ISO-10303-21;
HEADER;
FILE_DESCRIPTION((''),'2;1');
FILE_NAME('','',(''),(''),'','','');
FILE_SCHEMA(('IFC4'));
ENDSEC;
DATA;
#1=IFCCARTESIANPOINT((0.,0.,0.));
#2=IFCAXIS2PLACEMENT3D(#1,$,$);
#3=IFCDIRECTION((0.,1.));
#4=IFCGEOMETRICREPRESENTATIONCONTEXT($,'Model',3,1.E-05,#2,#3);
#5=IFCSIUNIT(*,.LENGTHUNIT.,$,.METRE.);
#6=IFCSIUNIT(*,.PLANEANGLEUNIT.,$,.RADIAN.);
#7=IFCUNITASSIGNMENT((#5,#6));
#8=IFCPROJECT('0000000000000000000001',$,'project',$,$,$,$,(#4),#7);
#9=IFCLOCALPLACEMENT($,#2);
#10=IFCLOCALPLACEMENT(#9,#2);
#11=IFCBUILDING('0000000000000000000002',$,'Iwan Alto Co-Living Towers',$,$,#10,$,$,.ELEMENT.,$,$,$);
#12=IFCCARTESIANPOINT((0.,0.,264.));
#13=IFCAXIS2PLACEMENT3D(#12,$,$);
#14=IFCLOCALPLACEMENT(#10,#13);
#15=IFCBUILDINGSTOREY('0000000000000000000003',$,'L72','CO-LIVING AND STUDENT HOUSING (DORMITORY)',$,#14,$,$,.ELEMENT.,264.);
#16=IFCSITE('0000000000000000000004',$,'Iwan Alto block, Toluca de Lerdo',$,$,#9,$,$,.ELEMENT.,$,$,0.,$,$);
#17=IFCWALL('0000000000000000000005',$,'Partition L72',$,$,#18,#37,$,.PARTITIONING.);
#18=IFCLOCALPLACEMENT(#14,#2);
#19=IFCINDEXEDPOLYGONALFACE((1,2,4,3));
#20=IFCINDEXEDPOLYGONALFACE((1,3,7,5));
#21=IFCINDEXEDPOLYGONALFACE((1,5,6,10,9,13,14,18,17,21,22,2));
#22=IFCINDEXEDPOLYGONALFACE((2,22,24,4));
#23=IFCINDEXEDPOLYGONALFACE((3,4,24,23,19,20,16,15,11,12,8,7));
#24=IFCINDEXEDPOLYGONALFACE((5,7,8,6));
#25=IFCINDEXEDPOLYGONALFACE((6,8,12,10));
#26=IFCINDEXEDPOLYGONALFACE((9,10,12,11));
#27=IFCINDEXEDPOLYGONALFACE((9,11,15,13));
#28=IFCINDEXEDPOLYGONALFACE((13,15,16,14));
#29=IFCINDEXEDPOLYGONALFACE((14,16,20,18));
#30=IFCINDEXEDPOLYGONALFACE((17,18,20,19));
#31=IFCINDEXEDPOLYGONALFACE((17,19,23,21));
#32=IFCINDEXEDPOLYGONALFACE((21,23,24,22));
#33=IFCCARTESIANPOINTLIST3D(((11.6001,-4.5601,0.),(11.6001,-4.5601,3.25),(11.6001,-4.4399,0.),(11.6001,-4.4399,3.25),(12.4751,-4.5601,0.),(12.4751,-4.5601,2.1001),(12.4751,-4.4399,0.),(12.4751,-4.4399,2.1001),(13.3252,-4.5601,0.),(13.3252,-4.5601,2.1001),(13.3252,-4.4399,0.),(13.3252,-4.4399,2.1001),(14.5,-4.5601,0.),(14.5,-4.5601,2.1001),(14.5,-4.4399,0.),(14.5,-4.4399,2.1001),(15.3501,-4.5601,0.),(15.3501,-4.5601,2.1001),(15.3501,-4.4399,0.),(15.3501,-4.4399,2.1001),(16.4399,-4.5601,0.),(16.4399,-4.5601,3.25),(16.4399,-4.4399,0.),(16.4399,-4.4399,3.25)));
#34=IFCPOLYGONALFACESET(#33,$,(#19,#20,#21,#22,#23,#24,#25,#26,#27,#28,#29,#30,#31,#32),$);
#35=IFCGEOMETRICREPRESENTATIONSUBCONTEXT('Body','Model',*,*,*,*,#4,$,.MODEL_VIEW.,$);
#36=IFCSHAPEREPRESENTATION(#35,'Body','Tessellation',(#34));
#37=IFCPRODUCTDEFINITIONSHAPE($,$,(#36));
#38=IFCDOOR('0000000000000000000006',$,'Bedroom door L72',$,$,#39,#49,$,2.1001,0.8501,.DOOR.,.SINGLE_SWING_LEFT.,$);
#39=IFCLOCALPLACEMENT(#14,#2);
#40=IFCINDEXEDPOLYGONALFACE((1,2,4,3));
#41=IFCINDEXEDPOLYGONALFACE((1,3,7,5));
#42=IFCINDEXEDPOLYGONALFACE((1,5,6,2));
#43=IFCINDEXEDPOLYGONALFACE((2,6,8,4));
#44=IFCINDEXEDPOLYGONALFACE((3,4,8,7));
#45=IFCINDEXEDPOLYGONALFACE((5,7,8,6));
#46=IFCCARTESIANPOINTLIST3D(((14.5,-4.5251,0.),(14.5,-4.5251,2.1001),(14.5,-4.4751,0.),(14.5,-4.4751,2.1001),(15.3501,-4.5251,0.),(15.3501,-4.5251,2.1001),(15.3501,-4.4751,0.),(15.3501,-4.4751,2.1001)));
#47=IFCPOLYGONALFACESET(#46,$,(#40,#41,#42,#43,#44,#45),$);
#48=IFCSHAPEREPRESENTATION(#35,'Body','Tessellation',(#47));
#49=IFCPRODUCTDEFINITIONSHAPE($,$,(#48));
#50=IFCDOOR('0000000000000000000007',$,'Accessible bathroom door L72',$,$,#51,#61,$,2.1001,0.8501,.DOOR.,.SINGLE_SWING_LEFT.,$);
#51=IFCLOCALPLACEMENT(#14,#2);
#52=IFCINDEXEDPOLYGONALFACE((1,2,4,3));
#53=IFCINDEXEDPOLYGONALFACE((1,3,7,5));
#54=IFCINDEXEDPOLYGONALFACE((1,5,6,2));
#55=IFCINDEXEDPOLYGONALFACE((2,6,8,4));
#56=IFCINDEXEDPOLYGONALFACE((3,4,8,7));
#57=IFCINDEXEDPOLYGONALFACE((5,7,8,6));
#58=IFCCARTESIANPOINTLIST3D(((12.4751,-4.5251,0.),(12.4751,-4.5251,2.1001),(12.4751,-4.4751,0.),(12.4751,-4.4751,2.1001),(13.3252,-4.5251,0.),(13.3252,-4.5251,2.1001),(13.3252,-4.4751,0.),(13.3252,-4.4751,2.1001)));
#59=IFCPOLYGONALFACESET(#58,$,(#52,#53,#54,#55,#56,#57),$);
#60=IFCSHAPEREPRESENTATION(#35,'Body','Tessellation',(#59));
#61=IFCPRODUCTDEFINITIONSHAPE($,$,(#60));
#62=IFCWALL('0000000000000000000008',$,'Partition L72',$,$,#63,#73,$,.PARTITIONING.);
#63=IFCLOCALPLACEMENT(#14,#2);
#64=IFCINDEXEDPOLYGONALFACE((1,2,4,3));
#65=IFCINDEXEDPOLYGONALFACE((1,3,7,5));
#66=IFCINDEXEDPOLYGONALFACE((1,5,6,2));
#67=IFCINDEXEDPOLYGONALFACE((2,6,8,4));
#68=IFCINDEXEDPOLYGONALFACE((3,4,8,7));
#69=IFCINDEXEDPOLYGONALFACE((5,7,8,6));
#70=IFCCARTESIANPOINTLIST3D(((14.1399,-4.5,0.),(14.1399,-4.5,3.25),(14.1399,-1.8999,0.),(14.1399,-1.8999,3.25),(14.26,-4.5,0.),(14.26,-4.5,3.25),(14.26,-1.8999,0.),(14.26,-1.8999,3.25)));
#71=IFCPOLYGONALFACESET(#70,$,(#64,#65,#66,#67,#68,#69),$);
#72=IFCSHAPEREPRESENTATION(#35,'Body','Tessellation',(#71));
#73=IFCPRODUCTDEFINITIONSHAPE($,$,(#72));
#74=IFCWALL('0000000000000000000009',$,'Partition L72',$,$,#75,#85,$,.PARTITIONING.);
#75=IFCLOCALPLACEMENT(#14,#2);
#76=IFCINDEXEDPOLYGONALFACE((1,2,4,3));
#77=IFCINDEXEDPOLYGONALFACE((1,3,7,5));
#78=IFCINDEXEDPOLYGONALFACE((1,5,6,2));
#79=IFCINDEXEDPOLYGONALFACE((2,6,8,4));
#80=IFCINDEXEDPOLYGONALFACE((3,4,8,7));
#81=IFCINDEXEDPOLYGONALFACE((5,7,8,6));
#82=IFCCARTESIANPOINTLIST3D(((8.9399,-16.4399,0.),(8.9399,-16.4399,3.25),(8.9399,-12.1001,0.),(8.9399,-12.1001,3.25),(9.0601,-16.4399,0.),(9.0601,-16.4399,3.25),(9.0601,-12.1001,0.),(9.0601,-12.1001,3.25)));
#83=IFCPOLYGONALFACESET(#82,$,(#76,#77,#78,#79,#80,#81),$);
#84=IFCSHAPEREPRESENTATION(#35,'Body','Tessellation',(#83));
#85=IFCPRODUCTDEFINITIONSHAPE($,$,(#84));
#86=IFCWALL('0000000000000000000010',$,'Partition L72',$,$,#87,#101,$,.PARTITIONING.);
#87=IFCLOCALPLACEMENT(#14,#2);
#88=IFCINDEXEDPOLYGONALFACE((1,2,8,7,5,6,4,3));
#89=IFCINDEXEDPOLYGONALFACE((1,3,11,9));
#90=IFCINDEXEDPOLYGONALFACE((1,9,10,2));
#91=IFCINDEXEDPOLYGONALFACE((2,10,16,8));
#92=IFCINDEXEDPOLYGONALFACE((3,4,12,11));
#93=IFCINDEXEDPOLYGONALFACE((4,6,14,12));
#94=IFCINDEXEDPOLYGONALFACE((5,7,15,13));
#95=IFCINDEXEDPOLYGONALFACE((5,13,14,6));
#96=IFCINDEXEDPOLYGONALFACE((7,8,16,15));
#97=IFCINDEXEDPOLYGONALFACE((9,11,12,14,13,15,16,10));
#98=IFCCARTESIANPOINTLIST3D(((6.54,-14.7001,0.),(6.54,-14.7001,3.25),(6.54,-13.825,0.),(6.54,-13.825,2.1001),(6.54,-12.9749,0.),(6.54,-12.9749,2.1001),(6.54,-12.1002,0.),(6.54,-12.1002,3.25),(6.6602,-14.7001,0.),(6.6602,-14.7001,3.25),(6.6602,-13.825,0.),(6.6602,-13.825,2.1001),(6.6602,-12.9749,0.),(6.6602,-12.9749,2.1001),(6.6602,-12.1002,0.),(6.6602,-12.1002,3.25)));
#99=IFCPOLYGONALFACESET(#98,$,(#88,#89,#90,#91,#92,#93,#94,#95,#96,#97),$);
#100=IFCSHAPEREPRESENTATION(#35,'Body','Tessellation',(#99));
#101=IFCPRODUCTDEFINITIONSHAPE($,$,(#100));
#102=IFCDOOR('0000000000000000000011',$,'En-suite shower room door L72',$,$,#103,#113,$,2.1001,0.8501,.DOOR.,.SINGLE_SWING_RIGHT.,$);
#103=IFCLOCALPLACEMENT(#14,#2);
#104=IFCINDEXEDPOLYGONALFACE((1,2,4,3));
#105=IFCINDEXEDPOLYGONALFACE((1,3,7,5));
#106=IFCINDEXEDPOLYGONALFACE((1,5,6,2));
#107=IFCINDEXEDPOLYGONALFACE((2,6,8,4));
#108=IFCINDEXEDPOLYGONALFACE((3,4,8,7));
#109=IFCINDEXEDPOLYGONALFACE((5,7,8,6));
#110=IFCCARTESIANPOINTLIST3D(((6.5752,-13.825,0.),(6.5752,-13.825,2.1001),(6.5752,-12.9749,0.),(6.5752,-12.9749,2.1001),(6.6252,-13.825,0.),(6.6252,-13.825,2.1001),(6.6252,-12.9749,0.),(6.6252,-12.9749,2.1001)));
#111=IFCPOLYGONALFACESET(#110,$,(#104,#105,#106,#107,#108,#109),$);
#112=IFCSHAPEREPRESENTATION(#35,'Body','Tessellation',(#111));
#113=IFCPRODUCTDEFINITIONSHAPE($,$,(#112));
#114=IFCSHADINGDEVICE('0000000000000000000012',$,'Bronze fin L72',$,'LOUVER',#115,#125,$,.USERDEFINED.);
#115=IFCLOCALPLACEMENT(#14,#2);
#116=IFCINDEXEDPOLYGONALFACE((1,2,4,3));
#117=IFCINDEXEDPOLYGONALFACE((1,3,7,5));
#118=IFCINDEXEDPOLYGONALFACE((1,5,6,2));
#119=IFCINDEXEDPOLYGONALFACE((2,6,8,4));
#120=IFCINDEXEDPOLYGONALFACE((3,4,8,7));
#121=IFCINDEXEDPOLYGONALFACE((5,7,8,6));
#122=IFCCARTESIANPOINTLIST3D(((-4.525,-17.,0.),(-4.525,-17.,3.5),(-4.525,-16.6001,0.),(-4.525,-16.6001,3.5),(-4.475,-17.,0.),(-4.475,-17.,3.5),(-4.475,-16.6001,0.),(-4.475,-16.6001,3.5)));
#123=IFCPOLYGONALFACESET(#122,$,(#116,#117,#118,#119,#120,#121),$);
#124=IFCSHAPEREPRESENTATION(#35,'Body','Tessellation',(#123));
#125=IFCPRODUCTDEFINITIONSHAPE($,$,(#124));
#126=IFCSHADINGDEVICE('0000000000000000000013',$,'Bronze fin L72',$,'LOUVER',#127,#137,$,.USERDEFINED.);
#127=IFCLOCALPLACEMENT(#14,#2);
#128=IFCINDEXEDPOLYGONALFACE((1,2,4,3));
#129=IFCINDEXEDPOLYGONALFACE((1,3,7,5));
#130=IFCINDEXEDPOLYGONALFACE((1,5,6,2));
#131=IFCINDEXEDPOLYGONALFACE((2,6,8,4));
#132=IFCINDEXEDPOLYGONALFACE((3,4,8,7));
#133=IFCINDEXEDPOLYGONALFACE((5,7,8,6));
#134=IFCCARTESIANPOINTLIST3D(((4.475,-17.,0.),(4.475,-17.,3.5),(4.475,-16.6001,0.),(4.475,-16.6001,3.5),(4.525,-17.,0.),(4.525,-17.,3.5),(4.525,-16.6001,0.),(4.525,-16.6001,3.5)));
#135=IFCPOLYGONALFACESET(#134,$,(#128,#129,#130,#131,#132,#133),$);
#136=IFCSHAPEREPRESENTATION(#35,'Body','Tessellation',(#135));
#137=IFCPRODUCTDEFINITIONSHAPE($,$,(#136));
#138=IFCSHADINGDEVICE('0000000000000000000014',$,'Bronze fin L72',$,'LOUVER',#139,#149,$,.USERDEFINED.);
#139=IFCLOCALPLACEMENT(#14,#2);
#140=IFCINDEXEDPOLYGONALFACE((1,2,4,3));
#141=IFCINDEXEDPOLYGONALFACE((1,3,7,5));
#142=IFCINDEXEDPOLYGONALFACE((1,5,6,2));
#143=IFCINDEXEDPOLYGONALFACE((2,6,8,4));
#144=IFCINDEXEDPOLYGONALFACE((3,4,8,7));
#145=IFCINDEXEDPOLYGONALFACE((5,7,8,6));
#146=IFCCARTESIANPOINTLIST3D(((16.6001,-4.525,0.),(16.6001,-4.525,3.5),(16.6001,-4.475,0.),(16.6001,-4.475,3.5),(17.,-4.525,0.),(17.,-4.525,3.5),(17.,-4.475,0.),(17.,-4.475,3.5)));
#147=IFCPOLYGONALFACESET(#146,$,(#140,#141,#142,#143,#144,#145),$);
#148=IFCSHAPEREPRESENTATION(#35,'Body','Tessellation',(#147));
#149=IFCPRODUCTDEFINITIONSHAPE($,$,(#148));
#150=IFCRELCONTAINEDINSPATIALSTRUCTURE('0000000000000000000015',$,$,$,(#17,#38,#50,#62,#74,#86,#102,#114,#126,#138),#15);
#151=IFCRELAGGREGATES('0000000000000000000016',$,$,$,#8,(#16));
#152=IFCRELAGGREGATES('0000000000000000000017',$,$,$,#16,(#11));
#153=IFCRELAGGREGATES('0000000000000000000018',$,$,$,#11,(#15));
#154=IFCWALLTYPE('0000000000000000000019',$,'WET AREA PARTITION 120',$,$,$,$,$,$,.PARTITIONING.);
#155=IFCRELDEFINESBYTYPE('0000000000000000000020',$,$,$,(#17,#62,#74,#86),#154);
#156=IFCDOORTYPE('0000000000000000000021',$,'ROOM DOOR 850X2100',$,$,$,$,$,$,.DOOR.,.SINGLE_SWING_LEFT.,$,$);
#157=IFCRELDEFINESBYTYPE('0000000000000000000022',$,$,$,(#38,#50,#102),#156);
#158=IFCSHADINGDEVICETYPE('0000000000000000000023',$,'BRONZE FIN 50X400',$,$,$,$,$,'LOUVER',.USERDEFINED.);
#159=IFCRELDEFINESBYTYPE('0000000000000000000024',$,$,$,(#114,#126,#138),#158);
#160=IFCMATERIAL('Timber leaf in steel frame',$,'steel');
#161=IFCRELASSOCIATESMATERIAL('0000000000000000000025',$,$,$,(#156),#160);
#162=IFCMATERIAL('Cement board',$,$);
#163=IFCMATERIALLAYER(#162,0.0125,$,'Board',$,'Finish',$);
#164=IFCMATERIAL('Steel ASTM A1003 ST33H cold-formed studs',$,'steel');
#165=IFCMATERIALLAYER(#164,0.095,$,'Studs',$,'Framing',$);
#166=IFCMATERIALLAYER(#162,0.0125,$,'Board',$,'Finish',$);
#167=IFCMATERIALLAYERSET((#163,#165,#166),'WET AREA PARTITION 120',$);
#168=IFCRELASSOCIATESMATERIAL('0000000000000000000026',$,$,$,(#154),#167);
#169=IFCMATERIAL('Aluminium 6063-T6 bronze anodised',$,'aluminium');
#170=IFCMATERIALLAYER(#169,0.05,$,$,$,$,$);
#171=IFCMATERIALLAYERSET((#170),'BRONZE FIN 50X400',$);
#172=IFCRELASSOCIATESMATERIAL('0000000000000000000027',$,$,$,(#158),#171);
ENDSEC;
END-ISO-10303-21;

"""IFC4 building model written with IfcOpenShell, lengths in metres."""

from ifc_helpers import new_model, si_unit, direction, frame, frame_2d, origin, origin_2d, place, context, subcontext, project, spatial, rectangle, extrude, material, layer, layer_set, type_object, element, fill, save


model = new_model("IFC4")

# Units and contexts
model_context = context("Model", 3, precision=1e-05, world=origin(), true_north=direction((0.0, 1.0)))
body_context = subcontext(model_context, "Body", "Model", "MODEL_VIEW")
ifc_project = project(units=[si_unit("LENGTHUNIT", "METRE"), si_unit("PLANEANGLEUNIT", "RADIAN")], contexts=[model_context])

# Site, building, storey
site_placement = place(None, origin())
site = spatial("IfcSite", under=ifc_project, at=site_placement, Name="Iwan Alto block, Toluca de Lerdo", CompositionType="ELEMENT", RefElevation=0.0)
building_placement = place(site_placement, origin())
building = spatial("IfcBuilding", under=site, at=building_placement, Name="Iwan Alto Co-Living Towers", CompositionType="ELEMENT")
storey_placement = place(building_placement, frame((0.0, 0.0, 264.0)))
storey = spatial("IfcBuildingStorey", under=building, at=storey_placement, Name="L72", Description="CO-LIVING AND STUDENT HOUSING (DORMITORY)", CompositionType="ELEMENT", Elevation=264.0)

# Shared definitions
ifc_material_1 = material(Name="Steel ASTM A1003 ST33H cold-formed studs", Category="steel")
ifc_material_2 = material(Name="Timber leaf in steel frame", Category="steel")
door_type_1 = type_object("IfcDoorType", Name="ROOM DOOR 850X2100", OperationType="SINGLE_SWING_LEFT", PredefinedType="DOOR", material=ifc_material_2)

# Shared definitions
ifc_material_3 = material(Name="Cement board")
ifc_layer_1 = layer(ifc_material_3, 0.0125, Name="Board", Category="Finish")
ifc_layer_2 = layer(ifc_material_1, 0.095, Name="Studs", Category="Framing")
ifc_layer_3 = layer(ifc_material_3, 0.0125, Name="Board", Category="Finish")
ifc_layer_set_1 = layer_set([ifc_layer_1, ifc_layer_2, ifc_layer_3], Name="WET AREA PARTITION 120")
wall_type_1 = type_object("IfcWallType", Name="WET AREA PARTITION 120", PredefinedType="PARTITIONING", material=ifc_layer_set_1)

# Wall, openings, doors
wall_1_placement = place(storey_placement, frame((11.6001, -4.5, 0.0), z_axis=(0.0, 0.0, 1.0), x_axis=(1.0, 0.0, 0.0)))
wall_1 = element("IfcWall", 1, at=wall_1_placement, inside=storey, type_object=wall_type_1, Name="Partition L72", PredefinedType="PARTITIONING", context=body_context, shape_type="SweptSolid", body=[
    extrude(rectangle(XDim=4.8398, YDim=0.1201, at=frame_2d((2.4199, 0.0))), origin(), (0.0, 0.0, 1.0), 3.25),
])
opening_1_placement = place(wall_1_placement, frame((2.8999, 0.0, 0.0)))
opening_1 = element("IfcOpeningElement", 2, at=opening_1_placement, cuts=wall_1, PredefinedType="OPENING", context=body_context, shape_type="SweptSolid", body=[
    extrude(rectangle(XDim=0.8501, YDim=2.1001, at=frame_2d((0.425, 1.05))), frame((0.0, 0.0701, 0.0), z_axis=(0.0, -1.0, 0.0), x_axis=(1.0, 0.0, 0.0)), (0.0, 0.0, 1.0), 0.1401),
])
opening_2_placement = place(wall_1_placement, frame((0.875, 0.0, 0.0)))
opening_2 = element("IfcOpeningElement", 3, at=opening_2_placement, cuts=wall_1, PredefinedType="OPENING", context=body_context, shape_type="SweptSolid", body=[
    extrude(rectangle(XDim=0.8501, YDim=2.1001, at=frame_2d((0.425, 1.05))), frame((0.0, 0.0701, 0.0), z_axis=(0.0, -1.0, 0.0), x_axis=(1.0, 0.0, 0.0)), (0.0, 0.0, 1.0), 0.1401),
])
door_1_placement = place(opening_1_placement, origin())
door_1 = element("IfcDoor", 4, at=door_1_placement, inside=storey, type_object=door_type_1, Name="Bedroom door L72", OperationType="SINGLE_SWING_LEFT", OverallHeight=2.1001, OverallWidth=0.8501, PredefinedType="DOOR", context=body_context, shape_type="SweptSolid", body=[
    extrude(rectangle(XDim=0.8501, YDim=2.1001, at=frame_2d((0.425, 1.05))), frame((0.0, 0.0249, 0.0), z_axis=(0.0, -1.0, 0.0), x_axis=(1.0, 0.0, 0.0)), (0.0, 0.0, 1.0), 0.05),
])
fill(opening_1, door_1)
door_2_placement = place(opening_2_placement, origin())
door_2 = element("IfcDoor", 5, at=door_2_placement, inside=storey, type_object=door_type_1, Name="Accessible bathroom door L72", OperationType="SINGLE_SWING_LEFT", OverallHeight=2.1001, OverallWidth=0.8501, PredefinedType="DOOR", context=body_context, shape_type="SweptSolid", body=[
    extrude(rectangle(XDim=0.8501, YDim=2.1001, at=frame_2d((0.425, 1.05))), frame((0.0, 0.0249, 0.0), z_axis=(0.0, -1.0, 0.0), x_axis=(1.0, 0.0, 0.0)), (0.0, 0.0, 1.0), 0.05),
])
fill(opening_2, door_2)

# Walls
wall_2_placement = place(storey_placement, frame((14.2, -4.5, 0.0), z_axis=(0.0, 0.0, 1.0), x_axis=(0.0, 1.0, 0.0)))
element("IfcWall", 6, at=wall_2_placement, inside=storey, type_object=wall_type_1, Name="Partition L72", PredefinedType="PARTITIONING", context=body_context, shape_type="SweptSolid", body=[
    extrude(rectangle(XDim=2.6001, YDim=0.1201, at=frame_2d((1.3, 0.0))), origin(), (0.0, 0.0, 1.0), 3.25),
])
wall_3_placement = place(storey_placement, frame((9.0, -16.4399, 0.0), z_axis=(0.0, 0.0, 1.0), x_axis=(0.0, 1.0, 0.0)))
element("IfcWall", 7, at=wall_3_placement, inside=storey, type_object=wall_type_1, Name="Partition L72", PredefinedType="PARTITIONING", context=body_context, shape_type="SweptSolid", body=[
    extrude(rectangle(XDim=4.3398, YDim=0.1201, at=frame_2d((2.1699, 0.0))), origin(), (0.0, 0.0, 1.0), 3.25),
])

# Wall, opening, door
wall_4_placement = place(storey_placement, frame((6.6001, -14.7, 0.0), z_axis=(0.0, 0.0, 1.0), x_axis=(0.0, 1.0, 0.0)))
wall_4 = element("IfcWall", 8, at=wall_4_placement, inside=storey, type_object=wall_type_1, Name="Partition L72", PredefinedType="PARTITIONING", context=body_context, shape_type="SweptSolid", body=[
    extrude(rectangle(XDim=2.5999, YDim=0.1201, at=frame_2d((1.2998, 0.0))), origin(), (0.0, 0.0, 1.0), 3.25),
])
opening_3_placement = place(wall_4_placement, frame((0.875, 0.0, 0.0)))
opening_3 = element("IfcOpeningElement", 9, at=opening_3_placement, cuts=wall_4, PredefinedType="OPENING", context=body_context, shape_type="SweptSolid", body=[
    extrude(rectangle(XDim=0.8501, YDim=2.1001, at=frame_2d((0.425, 1.05))), frame((0.0, 0.0701, 0.0), z_axis=(0.0, -1.0, 0.0), x_axis=(1.0, 0.0, 0.0)), (0.0, 0.0, 1.0), 0.1401),
])
door_3_placement = place(opening_3_placement, origin())
door_3 = element("IfcDoor", 10, at=door_3_placement, inside=storey, type_object=door_type_1, Name="En-suite shower room door L72", OperationType="SINGLE_SWING_RIGHT", OverallHeight=2.1001, OverallWidth=0.8501, PredefinedType="DOOR", context=body_context, shape_type="SweptSolid", body=[
    extrude(rectangle(XDim=0.8501, YDim=2.1001, at=frame_2d((0.425, 1.05))), frame((0.0, 0.0249, 0.0), z_axis=(0.0, -1.0, 0.0), x_axis=(1.0, 0.0, 0.0)), (0.0, 0.0, 1.0), 0.05),
])
fill(opening_3, door_3)

# Shading devices
ifc_material_4 = material(Name="Aluminium 6063-T6 bronze anodised", Category="aluminium")
ifc_layer_4 = layer(ifc_material_4, 0.05)
ifc_layer_set_2 = layer_set([ifc_layer_4], Name="BRONZE FIN 50X400")
shading_device_type = type_object("IfcShadingDeviceType", Name="BRONZE FIN 50X400", ElementType="LOUVER", PredefinedType="USERDEFINED", material=ifc_layer_set_2)
for number, where, z_axis, x_axis, name in (
    (11, (-4.5, -16.8, 0.0), (0.0, 0.0, 1.0), (1.0, 0.0, 0.0), "Bronze fin L72"),
    (12, (4.5, -16.8, 0.0), (0.0, 0.0, 1.0), (1.0, 0.0, 0.0), "Bronze fin L72"),
    (13, (16.8, -4.5, 0.0), (0.0, 0.0, 1.0), (0.0, 1.0, 0.0), "Bronze fin L72"),
):
    element("IfcShadingDevice", number, at=place(storey_placement, frame(where, z_axis=z_axis, x_axis=x_axis)), inside=storey, type_object=shading_device_type, Name=name, ObjectType="LOUVER", PredefinedType="USERDEFINED", context=body_context, shape_type="SweptSolid", body=[
        extrude(rectangle(XDim=0.05, YDim=0.3999, at=origin_2d()), origin(), (0.0, 0.0, 1.0), 3.5),
    ])

save(model, "model.ifc")
